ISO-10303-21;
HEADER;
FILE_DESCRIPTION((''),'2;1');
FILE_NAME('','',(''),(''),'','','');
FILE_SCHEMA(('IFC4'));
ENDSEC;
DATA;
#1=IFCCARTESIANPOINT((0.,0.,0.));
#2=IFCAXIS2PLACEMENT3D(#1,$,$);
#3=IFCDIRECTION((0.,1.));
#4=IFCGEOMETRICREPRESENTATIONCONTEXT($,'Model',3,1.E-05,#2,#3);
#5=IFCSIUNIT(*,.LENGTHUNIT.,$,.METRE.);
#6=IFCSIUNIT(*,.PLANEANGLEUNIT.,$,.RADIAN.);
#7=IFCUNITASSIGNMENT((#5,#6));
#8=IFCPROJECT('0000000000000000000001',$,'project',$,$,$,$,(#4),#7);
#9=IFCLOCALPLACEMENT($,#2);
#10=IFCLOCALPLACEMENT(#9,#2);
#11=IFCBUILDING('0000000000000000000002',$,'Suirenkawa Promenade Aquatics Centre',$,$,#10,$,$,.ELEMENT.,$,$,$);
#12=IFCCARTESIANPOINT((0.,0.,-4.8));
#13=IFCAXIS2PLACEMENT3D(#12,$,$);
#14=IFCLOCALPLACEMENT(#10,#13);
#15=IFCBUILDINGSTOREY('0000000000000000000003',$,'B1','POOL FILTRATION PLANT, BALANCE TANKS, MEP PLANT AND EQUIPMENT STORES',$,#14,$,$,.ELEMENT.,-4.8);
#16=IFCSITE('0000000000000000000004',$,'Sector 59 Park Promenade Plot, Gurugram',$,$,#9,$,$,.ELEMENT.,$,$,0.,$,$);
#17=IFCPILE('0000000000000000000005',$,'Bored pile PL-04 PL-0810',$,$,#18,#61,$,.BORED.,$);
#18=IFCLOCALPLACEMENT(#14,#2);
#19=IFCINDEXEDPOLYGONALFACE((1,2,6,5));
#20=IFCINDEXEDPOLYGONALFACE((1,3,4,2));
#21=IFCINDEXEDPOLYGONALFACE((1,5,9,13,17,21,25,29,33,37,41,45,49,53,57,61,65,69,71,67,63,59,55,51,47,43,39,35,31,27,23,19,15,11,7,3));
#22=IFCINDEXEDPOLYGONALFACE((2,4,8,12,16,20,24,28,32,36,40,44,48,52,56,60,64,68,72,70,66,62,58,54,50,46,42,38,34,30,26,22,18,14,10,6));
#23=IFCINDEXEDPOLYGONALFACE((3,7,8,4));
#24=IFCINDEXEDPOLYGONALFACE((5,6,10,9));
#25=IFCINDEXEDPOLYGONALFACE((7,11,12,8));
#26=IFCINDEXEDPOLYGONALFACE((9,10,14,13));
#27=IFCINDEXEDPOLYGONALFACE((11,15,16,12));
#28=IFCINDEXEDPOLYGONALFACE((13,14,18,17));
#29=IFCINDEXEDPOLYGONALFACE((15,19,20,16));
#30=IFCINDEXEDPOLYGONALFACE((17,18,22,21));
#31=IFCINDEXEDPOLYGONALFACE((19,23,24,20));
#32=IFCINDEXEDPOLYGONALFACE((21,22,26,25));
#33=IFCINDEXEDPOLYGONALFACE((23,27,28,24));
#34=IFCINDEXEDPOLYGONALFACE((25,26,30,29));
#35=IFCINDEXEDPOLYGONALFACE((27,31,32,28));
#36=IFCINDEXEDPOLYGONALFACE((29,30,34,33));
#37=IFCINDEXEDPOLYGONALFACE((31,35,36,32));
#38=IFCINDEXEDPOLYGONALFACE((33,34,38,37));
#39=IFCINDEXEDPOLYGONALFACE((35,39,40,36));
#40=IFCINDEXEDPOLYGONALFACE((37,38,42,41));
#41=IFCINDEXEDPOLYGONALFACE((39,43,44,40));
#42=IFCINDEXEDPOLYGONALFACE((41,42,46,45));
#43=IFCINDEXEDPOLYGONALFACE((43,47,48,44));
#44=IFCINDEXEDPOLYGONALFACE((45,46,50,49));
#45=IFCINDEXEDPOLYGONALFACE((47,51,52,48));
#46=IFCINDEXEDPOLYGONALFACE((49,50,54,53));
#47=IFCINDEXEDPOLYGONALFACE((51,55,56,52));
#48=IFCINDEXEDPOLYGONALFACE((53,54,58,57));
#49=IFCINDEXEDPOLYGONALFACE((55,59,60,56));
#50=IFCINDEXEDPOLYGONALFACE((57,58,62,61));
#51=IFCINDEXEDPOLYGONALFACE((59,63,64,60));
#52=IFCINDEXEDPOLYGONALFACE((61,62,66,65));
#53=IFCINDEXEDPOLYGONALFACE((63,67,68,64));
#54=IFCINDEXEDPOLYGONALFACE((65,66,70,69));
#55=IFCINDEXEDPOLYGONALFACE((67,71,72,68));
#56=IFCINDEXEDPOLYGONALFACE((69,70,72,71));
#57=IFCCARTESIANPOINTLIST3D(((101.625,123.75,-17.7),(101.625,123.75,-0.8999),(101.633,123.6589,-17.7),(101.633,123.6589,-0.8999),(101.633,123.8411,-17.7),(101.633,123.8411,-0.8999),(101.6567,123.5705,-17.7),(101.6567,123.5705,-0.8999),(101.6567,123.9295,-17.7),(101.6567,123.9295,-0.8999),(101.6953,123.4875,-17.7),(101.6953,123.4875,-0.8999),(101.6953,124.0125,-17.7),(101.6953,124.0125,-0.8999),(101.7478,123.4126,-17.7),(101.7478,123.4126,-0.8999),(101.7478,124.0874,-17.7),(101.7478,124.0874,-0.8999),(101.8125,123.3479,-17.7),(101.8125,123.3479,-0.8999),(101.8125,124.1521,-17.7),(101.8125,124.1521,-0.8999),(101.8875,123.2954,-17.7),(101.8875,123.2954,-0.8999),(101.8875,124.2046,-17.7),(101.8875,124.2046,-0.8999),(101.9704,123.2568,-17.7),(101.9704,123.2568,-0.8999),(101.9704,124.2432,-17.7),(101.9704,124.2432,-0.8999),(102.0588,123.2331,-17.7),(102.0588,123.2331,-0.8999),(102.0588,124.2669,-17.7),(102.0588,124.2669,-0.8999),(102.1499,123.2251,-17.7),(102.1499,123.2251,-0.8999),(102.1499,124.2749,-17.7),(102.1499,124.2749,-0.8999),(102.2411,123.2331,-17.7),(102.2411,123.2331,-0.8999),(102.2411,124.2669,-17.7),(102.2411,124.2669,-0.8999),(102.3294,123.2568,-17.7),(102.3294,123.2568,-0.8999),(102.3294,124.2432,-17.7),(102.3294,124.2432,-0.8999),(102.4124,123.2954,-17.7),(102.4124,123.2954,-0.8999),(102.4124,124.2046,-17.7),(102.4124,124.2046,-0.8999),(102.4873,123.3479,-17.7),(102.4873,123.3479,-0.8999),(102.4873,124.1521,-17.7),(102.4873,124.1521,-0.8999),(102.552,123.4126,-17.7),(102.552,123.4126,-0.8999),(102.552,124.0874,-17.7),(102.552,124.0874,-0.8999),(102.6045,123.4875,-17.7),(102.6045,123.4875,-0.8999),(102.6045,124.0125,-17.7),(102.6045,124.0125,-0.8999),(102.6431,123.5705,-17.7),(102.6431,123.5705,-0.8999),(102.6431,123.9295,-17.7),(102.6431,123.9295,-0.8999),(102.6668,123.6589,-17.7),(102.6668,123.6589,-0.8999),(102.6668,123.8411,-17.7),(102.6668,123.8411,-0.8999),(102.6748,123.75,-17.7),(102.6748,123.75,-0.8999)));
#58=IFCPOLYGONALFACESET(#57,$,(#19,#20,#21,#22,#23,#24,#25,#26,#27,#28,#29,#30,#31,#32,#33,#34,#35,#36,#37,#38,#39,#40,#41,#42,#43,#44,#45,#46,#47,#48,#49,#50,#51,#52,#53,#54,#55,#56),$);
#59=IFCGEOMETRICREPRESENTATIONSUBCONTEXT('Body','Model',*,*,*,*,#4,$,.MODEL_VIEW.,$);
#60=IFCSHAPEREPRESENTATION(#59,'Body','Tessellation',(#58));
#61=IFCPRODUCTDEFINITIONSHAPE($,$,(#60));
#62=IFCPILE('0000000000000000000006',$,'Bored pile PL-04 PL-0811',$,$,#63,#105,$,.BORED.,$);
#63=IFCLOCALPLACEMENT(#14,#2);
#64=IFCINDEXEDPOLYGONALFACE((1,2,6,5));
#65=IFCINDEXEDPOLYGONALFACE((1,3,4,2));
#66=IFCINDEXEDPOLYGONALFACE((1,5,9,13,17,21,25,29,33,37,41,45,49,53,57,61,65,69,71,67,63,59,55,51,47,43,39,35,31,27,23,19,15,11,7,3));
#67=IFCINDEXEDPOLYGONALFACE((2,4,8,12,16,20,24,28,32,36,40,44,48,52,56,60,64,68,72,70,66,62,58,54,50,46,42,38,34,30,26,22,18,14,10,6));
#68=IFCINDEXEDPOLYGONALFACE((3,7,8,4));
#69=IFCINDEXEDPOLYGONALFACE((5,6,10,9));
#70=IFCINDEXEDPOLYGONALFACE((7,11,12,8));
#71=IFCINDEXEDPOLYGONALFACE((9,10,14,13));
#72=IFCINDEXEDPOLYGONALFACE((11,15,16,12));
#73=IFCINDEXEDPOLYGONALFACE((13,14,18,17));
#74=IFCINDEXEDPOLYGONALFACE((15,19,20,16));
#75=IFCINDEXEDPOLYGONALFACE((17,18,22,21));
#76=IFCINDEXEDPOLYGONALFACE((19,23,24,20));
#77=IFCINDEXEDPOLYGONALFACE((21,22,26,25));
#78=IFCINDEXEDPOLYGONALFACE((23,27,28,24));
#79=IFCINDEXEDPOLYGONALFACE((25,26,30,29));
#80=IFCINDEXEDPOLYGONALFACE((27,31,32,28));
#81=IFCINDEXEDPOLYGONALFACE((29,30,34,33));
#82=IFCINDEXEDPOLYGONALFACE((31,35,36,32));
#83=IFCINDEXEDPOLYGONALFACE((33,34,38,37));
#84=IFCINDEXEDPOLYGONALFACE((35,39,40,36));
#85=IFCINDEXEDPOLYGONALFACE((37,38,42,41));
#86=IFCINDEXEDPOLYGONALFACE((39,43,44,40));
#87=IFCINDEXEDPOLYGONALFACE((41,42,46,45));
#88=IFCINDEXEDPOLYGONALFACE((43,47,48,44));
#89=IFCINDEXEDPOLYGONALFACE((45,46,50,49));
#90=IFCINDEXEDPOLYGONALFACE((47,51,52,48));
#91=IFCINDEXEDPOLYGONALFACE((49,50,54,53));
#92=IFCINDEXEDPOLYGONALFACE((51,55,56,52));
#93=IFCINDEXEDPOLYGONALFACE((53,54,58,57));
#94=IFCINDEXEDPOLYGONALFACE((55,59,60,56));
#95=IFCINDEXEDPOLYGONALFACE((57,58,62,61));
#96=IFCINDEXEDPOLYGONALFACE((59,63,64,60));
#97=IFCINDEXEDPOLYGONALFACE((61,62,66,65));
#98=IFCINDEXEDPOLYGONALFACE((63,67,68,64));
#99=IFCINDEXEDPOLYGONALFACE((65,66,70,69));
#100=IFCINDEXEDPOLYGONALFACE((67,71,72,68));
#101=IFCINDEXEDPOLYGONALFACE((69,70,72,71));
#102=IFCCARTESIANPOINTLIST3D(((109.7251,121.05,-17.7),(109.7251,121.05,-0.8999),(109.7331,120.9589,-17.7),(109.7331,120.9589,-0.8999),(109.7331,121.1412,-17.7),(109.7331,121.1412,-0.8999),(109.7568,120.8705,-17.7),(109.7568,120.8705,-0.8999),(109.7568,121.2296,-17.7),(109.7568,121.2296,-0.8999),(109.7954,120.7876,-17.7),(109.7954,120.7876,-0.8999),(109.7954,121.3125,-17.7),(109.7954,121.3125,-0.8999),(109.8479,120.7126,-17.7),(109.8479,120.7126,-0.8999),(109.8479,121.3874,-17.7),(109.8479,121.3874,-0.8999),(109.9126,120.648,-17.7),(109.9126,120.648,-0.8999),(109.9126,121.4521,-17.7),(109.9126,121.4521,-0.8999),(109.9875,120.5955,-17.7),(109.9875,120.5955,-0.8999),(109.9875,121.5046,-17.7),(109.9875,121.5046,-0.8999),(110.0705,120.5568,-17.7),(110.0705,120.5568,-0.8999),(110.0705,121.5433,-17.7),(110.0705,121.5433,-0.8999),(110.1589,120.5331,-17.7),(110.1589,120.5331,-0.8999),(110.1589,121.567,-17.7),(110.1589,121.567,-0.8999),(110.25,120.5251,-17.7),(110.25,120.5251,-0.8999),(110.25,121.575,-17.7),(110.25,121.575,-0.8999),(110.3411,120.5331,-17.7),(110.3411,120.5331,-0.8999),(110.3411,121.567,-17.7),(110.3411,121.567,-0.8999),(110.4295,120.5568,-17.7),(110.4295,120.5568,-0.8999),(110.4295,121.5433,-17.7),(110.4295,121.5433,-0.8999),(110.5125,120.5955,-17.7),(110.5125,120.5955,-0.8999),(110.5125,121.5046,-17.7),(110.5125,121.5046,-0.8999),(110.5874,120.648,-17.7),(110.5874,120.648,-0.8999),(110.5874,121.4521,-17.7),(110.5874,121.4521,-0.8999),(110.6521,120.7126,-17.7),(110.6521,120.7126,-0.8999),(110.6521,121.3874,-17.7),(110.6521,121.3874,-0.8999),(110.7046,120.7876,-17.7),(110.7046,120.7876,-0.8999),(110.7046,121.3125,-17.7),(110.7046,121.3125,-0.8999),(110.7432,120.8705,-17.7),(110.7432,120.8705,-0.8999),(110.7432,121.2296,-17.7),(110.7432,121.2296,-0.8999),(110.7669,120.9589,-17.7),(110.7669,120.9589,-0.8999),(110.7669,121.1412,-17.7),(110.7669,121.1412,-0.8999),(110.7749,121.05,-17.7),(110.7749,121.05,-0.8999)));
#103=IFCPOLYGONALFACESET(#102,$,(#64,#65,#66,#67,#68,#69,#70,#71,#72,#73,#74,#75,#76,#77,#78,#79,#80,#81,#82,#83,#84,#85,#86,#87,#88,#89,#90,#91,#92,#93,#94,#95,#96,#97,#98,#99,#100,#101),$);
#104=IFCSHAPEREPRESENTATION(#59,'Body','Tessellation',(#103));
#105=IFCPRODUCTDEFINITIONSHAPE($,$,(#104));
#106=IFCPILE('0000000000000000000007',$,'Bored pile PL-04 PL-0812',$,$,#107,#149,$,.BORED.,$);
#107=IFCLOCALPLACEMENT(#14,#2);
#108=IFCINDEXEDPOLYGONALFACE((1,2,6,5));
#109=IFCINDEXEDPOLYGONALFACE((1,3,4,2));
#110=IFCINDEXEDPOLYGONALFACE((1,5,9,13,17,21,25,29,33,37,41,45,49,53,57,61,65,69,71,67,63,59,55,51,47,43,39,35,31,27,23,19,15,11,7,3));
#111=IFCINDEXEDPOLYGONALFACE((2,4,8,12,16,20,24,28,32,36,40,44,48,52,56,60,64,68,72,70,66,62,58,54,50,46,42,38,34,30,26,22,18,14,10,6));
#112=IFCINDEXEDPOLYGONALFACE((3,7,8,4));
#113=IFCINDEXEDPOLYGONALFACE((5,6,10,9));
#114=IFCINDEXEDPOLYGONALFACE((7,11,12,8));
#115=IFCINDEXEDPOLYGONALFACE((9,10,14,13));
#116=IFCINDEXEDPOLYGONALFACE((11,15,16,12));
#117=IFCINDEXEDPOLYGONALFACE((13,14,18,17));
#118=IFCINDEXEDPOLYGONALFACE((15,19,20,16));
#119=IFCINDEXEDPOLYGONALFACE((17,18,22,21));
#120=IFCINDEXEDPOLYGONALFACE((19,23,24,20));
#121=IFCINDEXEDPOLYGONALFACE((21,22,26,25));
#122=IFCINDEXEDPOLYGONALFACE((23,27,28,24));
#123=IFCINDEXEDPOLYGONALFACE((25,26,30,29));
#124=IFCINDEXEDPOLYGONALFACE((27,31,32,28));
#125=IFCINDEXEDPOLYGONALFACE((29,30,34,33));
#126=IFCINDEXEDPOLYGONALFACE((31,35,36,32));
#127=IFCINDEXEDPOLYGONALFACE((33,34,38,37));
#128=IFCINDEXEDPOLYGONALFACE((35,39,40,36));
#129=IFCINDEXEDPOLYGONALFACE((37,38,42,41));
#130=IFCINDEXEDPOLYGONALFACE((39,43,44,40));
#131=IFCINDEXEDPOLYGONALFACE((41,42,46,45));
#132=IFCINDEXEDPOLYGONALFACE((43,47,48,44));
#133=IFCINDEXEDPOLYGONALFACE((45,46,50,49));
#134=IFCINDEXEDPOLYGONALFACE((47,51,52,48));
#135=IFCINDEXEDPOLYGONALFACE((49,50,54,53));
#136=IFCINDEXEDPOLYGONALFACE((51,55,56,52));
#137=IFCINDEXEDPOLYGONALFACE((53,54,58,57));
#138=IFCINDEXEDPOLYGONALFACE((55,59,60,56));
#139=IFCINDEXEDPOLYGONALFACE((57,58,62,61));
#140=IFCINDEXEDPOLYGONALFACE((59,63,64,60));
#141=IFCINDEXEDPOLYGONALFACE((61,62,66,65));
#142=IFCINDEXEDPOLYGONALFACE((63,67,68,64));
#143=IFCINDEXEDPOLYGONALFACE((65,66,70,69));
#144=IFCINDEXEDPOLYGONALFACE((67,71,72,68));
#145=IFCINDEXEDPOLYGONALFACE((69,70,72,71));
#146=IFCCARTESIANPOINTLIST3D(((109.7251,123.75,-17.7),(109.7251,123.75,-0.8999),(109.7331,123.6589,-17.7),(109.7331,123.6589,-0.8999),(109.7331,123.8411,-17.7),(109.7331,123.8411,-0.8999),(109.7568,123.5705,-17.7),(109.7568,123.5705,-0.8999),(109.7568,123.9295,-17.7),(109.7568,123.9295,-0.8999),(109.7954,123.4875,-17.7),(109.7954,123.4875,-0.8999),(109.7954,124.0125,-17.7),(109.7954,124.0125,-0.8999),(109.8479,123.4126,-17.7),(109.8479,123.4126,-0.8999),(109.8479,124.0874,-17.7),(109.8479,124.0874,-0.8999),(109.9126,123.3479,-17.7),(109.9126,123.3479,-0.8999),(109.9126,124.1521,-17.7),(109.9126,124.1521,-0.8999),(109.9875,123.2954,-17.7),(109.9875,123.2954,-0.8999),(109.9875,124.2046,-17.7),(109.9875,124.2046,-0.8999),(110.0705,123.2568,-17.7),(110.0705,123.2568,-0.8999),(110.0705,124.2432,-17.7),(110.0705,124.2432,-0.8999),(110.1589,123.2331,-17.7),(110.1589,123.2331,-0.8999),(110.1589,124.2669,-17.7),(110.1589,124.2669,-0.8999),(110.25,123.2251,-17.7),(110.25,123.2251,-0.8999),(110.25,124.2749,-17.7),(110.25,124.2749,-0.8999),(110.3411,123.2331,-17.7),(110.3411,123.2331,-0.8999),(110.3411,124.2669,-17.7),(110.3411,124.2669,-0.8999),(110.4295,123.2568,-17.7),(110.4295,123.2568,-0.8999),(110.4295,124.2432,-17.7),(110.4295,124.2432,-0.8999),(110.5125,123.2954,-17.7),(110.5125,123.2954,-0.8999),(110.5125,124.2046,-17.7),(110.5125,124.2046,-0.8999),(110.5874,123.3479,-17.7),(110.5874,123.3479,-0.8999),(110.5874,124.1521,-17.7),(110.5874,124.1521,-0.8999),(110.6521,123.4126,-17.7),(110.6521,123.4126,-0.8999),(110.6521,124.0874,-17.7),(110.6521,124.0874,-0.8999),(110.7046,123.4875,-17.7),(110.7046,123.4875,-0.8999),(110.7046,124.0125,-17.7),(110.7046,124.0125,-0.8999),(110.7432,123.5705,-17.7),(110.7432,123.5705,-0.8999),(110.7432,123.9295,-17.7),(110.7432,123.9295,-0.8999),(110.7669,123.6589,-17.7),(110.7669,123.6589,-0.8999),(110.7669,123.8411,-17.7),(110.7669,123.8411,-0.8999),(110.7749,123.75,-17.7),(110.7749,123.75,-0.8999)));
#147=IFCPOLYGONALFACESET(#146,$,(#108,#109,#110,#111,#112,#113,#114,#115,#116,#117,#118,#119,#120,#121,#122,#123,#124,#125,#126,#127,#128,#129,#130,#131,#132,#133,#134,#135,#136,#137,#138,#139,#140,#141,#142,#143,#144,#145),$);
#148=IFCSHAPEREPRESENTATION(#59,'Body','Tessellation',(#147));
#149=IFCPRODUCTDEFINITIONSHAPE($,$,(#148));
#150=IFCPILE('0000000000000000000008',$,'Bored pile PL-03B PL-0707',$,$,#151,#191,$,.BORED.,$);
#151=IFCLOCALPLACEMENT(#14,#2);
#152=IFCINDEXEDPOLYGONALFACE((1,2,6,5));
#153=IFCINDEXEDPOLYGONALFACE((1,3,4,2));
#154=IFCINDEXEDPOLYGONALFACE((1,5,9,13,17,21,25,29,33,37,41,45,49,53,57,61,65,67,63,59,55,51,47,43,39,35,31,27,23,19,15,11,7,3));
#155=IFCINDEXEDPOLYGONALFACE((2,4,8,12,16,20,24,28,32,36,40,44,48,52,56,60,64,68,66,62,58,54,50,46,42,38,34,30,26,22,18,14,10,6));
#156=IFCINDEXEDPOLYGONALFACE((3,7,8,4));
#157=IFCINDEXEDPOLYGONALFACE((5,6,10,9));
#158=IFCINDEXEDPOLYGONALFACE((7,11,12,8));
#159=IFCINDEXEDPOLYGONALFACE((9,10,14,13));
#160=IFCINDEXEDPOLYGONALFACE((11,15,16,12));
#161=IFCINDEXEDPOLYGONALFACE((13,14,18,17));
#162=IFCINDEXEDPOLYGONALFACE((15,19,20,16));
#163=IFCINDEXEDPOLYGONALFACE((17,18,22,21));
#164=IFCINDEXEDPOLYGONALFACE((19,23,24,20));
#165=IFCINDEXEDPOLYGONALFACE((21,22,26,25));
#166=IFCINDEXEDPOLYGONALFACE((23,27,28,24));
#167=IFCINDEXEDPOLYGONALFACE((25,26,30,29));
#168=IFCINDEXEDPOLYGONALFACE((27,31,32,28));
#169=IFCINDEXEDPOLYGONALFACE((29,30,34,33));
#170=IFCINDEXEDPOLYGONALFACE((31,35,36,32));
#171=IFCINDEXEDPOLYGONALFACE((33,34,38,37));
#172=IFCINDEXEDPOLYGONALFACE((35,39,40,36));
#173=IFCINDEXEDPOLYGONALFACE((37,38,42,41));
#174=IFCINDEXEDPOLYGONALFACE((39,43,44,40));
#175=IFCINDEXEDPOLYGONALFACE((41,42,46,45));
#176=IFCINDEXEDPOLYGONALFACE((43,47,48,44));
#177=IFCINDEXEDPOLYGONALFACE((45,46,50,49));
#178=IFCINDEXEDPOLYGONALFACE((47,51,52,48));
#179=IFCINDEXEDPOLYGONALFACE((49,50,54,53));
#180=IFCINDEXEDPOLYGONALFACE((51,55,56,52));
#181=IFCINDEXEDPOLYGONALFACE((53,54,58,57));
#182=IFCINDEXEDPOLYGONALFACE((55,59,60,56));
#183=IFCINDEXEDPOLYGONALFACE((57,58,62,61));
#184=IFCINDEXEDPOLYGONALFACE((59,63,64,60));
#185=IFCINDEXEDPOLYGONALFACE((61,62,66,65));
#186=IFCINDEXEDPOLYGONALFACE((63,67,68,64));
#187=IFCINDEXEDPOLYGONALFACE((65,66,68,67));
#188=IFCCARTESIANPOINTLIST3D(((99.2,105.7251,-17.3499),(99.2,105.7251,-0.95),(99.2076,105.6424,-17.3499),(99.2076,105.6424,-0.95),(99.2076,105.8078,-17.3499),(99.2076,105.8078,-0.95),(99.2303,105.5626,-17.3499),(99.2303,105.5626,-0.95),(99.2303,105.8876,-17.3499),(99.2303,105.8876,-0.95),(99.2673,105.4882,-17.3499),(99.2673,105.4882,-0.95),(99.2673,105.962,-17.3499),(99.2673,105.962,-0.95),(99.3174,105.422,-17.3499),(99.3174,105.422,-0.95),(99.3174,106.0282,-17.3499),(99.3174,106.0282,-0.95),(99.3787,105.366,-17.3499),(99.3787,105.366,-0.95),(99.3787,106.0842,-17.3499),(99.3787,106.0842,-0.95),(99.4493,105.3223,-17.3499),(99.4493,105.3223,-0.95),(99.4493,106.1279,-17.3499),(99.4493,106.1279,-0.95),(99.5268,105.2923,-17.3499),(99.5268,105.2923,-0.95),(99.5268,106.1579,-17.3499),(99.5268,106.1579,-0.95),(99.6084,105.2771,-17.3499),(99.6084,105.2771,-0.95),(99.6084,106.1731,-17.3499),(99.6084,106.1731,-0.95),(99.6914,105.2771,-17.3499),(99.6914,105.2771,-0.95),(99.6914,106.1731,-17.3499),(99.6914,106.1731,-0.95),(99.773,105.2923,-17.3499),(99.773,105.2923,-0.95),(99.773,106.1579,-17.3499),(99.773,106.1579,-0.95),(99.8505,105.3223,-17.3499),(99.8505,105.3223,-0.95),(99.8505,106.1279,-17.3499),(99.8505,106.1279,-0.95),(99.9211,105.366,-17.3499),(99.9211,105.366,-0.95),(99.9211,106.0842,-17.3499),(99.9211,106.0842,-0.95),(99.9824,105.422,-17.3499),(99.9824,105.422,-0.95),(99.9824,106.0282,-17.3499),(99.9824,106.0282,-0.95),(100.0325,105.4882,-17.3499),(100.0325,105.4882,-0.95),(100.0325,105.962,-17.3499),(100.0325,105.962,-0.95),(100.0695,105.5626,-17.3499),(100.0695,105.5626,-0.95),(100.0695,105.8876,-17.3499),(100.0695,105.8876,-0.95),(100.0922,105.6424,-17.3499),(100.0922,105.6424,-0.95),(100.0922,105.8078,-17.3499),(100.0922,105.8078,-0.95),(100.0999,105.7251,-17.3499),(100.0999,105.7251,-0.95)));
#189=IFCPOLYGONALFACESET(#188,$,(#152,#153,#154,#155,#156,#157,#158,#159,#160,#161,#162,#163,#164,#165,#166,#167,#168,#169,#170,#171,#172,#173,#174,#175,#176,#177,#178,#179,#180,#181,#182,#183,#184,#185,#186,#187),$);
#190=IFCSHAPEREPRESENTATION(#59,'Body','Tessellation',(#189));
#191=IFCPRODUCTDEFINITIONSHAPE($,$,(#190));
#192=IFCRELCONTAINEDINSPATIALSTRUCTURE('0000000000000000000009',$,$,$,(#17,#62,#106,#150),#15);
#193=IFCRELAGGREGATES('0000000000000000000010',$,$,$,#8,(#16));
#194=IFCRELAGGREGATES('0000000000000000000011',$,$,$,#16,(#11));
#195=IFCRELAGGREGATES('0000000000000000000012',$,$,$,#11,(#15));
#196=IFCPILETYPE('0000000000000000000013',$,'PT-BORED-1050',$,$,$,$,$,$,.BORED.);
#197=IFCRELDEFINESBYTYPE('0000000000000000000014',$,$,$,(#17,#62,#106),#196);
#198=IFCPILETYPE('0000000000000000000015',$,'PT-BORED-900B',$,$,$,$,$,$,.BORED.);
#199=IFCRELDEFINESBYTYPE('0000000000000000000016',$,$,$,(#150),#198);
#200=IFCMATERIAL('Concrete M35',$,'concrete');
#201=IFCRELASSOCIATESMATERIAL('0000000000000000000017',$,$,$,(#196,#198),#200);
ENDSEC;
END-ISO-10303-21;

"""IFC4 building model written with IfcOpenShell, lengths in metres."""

from ifc_helpers import new_model, si_unit, direction, frame, origin, origin_2d, place, context, subcontext, project, spatial, circle, extrude, material, material_profile, profile_set, type_object, element, save


model = new_model("IFC4")

# Units and contexts
model_context = context("Model", 3, precision=1e-05, world=origin(), true_north=direction((0.0, 1.0)))
body_context = subcontext(model_context, "Body", "Model", "MODEL_VIEW")
ifc_project = project(units=[si_unit("LENGTHUNIT", "METRE"), si_unit("PLANEANGLEUNIT", "RADIAN")], contexts=[model_context])

# Site, building, storey
site_placement = place(None, origin())
site = spatial("IfcSite", under=ifc_project, at=site_placement, Name="Sector 59 Park Promenade Plot, Gurugram", CompositionType="ELEMENT", RefElevation=0.0)
building_placement = place(site_placement, origin())
building = spatial("IfcBuilding", under=site, at=building_placement, Name="Suirenkawa Promenade Aquatics Centre", CompositionType="ELEMENT")
storey_placement = place(building_placement, frame((0.0, 0.0, -4.8)))
storey = spatial("IfcBuildingStorey", under=building, at=storey_placement, Name="B1", Description="POOL FILTRATION PLANT, BALANCE TANKS, MEP PLANT AND EQUIPMENT STORES", CompositionType="ELEMENT", Elevation=-4.8)

# Shared definitions
ifc_material_1 = material(Name="Concrete M35", Category="concrete")

# Piles
ifc_material_profile_1 = material_profile(ifc_material_1, circle(Radius=0.5249, at=origin_2d()), Name="PILE D1050", Category="concrete")
ifc_profile_set_1 = profile_set([ifc_material_profile_1], Name="Concrete M35")
pile_type_1 = type_object("IfcPileType", Name="PT-BORED-1050", PredefinedType="BORED", material=ifc_profile_set_1)
for number, where, z_axis, x_axis, name in (
    (1, (102.1499, 123.75, -0.8999), (0.0, 0.0, -1.0), (1.0, 0.0, 0.0), "Bored pile PL-04 PL-0810"),
    (2, (110.25, 121.05, -0.8999), (0.0, 0.0, -1.0), (1.0, 0.0, 0.0), "Bored pile PL-04 PL-0811"),
    (3, (110.25, 123.75, -0.8999), (0.0, 0.0, -1.0), (1.0, 0.0, 0.0), "Bored pile PL-04 PL-0812"),
):
    element("IfcPile", number, at=place(storey_placement, frame(where, z_axis=z_axis, x_axis=x_axis)), inside=storey, type_object=pile_type_1, Name=name, PredefinedType="BORED", context=body_context, shape_type="SweptSolid", body=[
        extrude(circle(Radius=0.5249, at=origin_2d()), origin(), (0.0, 0.0, 1.0), 16.8),
    ])
ifc_material_profile_2 = material_profile(ifc_material_1, circle(Radius=0.45, at=origin_2d()), Name="PILE D900", Category="concrete")
ifc_profile_set_2 = profile_set([ifc_material_profile_2], Name="Concrete M35")
pile_type_2 = type_object("IfcPileType", Name="PT-BORED-900B", PredefinedType="BORED", material=ifc_profile_set_2)
for number, where, z_axis, x_axis, name in (
    (4, (99.6499, 105.7251, -0.95), (0.0, 0.0, -1.0), (1.0, 0.0, 0.0), "Bored pile PL-03B PL-0707"),
):
    element("IfcPile", number, at=place(storey_placement, frame(where, z_axis=z_axis, x_axis=x_axis)), inside=storey, type_object=pile_type_2, Name=name, PredefinedType="BORED", context=body_context, shape_type="SweptSolid", body=[
        extrude(circle(Radius=0.45, at=origin_2d()), origin(), (0.0, 0.0, 1.0), 16.3999),
    ])

save(model, "model.ifc")
